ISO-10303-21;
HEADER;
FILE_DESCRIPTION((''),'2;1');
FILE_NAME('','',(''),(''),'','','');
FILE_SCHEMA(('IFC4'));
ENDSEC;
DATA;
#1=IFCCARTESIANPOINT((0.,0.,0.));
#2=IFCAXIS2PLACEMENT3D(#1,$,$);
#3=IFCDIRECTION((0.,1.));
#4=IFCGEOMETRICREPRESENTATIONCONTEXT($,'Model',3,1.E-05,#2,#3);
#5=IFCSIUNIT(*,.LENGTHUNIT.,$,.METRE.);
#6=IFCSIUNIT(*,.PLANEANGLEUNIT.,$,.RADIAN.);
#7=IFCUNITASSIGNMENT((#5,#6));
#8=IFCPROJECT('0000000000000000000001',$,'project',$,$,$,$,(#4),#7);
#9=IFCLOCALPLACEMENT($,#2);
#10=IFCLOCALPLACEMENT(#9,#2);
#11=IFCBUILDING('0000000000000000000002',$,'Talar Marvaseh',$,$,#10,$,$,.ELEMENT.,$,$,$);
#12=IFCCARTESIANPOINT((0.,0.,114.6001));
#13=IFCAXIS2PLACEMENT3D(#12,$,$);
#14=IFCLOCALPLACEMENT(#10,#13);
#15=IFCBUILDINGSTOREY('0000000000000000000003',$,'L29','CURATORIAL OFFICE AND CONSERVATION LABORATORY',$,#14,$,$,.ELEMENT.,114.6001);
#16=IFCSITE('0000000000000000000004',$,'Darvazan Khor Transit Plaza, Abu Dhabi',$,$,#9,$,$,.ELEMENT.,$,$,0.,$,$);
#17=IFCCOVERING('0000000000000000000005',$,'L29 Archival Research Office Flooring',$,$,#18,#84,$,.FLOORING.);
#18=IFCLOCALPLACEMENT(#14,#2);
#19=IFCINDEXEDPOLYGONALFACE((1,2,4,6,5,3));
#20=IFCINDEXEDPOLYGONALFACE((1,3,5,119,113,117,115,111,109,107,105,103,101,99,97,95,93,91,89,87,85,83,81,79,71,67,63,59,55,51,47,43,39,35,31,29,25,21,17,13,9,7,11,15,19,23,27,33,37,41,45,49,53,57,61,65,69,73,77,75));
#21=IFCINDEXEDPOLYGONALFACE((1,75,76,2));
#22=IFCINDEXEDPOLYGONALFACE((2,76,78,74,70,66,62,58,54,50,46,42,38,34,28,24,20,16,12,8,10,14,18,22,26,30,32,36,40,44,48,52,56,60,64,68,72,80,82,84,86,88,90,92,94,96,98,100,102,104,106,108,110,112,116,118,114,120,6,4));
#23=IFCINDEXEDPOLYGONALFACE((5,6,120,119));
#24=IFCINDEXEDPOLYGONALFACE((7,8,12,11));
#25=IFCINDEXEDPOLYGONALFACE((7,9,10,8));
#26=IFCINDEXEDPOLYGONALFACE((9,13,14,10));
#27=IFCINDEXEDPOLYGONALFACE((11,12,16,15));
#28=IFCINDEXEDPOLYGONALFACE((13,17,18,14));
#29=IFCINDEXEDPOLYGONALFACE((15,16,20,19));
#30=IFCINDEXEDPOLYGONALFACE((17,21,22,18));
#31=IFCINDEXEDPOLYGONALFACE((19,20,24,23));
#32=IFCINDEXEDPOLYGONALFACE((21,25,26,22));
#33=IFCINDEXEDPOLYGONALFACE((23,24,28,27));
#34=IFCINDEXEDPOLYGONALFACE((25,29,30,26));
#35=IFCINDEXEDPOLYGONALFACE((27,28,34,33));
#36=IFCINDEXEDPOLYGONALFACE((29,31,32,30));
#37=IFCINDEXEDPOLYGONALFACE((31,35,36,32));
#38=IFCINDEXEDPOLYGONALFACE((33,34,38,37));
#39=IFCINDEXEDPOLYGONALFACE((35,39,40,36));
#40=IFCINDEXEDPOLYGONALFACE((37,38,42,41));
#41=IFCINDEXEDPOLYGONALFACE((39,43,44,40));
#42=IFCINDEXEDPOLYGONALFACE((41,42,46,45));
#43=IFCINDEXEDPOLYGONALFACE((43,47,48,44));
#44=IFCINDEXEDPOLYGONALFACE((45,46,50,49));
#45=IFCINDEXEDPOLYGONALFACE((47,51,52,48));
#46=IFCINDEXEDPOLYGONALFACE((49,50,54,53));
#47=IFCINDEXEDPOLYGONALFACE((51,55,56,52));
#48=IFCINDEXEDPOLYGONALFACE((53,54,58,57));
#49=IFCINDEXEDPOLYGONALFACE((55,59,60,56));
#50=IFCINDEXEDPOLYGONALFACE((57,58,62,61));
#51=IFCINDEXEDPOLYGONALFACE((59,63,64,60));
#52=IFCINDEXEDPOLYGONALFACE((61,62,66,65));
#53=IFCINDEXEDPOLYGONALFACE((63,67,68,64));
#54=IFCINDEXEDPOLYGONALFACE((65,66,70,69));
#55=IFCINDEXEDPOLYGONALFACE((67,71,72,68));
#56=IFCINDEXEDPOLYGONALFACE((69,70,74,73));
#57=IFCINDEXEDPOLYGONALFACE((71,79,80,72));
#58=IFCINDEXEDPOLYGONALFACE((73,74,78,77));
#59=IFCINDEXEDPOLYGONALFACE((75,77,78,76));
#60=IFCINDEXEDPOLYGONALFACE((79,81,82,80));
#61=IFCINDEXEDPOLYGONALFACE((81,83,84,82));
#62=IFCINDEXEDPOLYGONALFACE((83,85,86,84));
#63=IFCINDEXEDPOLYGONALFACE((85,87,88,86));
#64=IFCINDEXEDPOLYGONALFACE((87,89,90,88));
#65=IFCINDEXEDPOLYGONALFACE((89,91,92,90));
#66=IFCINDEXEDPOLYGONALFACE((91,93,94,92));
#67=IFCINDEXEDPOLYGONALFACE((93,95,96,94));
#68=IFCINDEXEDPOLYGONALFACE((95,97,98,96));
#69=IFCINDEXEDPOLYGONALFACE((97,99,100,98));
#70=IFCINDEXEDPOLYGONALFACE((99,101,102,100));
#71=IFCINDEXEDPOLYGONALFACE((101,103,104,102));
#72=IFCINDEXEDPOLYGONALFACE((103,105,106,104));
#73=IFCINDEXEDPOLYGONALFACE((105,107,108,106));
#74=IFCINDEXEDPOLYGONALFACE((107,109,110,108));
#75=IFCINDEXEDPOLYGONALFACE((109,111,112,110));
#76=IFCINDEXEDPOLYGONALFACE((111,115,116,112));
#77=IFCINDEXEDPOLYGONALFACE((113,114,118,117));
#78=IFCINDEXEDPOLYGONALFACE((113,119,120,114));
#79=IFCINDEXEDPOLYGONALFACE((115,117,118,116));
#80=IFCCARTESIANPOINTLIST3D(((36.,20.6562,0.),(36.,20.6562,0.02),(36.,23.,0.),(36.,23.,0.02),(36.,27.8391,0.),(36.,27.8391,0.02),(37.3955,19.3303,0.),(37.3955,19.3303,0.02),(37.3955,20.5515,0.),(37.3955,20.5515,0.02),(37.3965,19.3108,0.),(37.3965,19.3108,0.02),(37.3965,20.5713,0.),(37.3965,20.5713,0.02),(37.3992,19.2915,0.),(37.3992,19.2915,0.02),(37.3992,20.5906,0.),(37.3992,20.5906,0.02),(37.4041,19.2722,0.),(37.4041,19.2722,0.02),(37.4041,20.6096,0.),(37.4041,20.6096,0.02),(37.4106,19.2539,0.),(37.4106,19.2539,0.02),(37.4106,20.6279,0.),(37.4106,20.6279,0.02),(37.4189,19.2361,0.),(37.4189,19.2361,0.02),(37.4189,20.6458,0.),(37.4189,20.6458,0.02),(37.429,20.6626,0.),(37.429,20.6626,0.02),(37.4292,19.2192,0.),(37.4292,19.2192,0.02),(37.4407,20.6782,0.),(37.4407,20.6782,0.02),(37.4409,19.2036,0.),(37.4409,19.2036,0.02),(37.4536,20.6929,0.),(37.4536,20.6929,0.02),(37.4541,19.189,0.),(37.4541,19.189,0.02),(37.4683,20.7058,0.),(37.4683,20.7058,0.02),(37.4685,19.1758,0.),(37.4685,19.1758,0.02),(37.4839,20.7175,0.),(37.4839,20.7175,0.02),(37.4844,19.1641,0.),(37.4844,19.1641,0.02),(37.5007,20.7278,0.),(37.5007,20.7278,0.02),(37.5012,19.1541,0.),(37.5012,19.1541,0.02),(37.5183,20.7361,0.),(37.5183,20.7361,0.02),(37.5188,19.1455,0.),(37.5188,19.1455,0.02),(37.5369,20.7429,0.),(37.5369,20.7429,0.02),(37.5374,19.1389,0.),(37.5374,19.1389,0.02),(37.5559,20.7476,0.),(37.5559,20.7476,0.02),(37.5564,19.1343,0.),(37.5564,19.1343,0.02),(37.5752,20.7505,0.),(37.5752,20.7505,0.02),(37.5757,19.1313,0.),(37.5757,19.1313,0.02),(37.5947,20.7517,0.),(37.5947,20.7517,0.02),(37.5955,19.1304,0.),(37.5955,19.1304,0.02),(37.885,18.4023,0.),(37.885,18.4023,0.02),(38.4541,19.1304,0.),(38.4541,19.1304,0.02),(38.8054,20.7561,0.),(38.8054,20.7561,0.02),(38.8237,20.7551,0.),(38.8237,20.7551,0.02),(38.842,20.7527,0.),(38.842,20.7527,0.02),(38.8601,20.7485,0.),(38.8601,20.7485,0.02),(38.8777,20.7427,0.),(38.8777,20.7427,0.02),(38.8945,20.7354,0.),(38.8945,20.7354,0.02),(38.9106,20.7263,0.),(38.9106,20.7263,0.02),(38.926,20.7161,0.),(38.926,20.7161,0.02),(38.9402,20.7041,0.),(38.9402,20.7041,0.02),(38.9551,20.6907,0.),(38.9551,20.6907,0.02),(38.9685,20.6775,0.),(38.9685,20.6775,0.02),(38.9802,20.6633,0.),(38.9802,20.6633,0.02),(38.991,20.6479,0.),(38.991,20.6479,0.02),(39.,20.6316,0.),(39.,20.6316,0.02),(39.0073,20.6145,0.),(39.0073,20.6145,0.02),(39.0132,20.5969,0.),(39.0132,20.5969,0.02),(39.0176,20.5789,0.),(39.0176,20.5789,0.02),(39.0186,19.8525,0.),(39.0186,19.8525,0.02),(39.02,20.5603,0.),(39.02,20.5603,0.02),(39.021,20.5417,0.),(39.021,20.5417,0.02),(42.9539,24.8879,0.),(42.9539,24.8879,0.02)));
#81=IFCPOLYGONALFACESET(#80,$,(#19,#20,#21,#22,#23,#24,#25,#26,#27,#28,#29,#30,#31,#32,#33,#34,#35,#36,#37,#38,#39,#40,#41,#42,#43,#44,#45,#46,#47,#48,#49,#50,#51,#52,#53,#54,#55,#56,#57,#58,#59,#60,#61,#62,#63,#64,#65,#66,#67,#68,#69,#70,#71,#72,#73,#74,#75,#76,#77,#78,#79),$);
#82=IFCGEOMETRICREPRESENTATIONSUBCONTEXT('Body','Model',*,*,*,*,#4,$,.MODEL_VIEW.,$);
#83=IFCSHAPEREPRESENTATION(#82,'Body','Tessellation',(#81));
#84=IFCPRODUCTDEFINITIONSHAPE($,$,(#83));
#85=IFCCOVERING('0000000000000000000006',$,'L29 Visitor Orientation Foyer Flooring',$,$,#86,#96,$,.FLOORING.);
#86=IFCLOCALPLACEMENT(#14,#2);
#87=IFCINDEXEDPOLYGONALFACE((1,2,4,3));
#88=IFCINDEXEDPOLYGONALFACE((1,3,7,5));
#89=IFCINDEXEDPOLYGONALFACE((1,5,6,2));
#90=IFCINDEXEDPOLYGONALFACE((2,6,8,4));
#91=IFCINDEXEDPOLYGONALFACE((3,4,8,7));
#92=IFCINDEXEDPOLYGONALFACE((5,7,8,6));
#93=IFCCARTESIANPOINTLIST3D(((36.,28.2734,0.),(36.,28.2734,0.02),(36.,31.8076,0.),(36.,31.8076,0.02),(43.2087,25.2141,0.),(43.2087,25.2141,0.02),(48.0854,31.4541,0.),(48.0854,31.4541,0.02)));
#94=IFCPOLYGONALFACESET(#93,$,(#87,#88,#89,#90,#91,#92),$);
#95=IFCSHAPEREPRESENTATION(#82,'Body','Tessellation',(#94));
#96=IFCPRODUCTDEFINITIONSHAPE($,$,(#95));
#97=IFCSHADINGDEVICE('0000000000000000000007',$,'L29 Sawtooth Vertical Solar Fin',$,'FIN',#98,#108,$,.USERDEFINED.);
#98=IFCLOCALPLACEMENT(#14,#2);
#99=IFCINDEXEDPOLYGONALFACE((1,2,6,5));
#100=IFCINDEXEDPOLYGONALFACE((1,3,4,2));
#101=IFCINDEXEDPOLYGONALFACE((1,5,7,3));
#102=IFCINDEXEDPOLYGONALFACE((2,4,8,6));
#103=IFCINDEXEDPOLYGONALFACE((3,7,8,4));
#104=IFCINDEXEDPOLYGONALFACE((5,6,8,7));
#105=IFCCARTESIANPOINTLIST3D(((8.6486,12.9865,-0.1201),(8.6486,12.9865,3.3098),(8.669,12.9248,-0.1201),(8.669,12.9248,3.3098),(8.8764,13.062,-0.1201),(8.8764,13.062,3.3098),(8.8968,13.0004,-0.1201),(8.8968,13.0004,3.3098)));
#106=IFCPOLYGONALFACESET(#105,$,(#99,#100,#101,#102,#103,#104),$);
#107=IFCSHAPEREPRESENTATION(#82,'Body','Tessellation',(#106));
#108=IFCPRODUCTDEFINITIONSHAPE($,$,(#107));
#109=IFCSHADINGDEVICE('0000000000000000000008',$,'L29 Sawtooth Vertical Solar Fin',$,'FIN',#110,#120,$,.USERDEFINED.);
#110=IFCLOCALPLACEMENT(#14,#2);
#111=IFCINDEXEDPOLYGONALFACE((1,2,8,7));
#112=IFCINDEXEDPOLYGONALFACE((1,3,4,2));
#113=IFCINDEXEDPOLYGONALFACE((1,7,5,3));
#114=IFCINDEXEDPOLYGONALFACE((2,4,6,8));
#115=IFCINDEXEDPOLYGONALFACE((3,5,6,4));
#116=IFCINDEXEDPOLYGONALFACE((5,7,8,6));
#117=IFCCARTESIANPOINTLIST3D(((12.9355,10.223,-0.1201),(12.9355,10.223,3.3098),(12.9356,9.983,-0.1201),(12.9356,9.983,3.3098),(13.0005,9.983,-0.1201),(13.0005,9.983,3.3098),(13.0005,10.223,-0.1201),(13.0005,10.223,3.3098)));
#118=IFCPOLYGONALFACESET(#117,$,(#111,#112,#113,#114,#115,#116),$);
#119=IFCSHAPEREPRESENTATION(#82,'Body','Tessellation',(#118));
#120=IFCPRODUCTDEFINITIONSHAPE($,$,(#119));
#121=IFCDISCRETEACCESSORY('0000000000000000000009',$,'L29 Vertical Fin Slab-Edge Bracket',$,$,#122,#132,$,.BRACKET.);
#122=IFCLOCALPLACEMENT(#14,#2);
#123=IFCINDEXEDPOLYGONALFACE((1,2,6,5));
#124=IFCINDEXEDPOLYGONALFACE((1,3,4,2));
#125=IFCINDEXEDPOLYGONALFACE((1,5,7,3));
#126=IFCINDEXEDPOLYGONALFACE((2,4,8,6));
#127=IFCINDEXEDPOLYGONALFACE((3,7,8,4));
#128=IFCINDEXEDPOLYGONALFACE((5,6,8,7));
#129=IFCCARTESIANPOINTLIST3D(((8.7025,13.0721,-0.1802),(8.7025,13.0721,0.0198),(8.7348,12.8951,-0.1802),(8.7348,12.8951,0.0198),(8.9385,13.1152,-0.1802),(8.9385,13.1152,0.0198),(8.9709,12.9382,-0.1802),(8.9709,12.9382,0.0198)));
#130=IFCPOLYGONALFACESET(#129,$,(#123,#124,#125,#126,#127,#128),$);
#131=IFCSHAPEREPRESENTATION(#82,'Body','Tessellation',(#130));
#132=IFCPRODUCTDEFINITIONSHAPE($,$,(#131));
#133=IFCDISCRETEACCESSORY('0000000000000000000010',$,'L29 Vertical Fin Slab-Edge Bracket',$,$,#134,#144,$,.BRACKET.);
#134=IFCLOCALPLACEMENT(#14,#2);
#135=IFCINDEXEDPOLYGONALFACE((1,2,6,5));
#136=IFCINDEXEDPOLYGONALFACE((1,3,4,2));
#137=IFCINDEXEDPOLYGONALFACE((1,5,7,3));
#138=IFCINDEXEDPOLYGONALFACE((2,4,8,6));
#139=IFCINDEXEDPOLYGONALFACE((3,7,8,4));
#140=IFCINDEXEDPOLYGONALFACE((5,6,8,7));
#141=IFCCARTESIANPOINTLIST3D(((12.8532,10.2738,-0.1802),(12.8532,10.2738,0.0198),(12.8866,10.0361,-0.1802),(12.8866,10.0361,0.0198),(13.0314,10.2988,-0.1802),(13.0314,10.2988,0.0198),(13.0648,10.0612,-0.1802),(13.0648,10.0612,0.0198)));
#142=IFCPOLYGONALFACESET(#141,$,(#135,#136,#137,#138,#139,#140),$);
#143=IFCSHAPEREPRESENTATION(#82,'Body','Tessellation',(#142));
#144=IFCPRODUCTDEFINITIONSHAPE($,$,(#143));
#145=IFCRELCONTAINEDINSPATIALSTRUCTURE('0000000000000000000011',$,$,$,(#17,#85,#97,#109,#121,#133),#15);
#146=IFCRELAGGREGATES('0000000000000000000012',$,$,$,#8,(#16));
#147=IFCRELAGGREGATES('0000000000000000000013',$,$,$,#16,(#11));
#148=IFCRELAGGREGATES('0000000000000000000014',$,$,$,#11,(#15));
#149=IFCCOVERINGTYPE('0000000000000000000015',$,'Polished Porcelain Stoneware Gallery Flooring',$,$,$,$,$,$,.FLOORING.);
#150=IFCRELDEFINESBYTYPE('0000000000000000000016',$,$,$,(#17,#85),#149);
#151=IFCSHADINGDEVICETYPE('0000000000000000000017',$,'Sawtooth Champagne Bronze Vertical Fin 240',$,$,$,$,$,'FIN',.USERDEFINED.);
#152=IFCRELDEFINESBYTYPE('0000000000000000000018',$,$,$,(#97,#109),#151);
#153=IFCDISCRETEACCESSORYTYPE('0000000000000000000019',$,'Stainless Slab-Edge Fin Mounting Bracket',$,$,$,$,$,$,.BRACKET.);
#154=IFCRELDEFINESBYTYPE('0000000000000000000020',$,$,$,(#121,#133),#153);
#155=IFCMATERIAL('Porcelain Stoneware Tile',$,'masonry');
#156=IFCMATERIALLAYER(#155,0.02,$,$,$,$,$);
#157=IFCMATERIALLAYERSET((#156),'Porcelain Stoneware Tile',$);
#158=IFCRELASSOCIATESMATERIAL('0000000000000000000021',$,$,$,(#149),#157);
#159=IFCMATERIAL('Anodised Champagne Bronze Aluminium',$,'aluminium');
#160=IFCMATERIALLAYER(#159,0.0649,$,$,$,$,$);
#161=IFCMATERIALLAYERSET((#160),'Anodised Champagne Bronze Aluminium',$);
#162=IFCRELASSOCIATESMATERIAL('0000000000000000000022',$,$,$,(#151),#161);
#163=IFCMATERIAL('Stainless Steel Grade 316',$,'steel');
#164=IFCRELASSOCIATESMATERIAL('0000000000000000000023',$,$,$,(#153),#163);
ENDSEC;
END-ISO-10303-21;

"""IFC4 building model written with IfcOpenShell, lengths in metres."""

from ifc_helpers import new_model, si_unit, direction, frame, origin, origin_2d, place, context, subcontext, project, spatial, polyline, rectangle, outline, extrude, source, transform, mapped, material, layer, layer_set, type_object, type_shapes, element, save


model = new_model("IFC4")

# Units and contexts
model_context = context("Model", 3, precision=1e-05, world=origin(), true_north=direction((0.0, 1.0)))
body_context = subcontext(model_context, "Body", "Model", "MODEL_VIEW")
ifc_project = project(units=[si_unit("LENGTHUNIT", "METRE"), si_unit("PLANEANGLEUNIT", "RADIAN")], contexts=[model_context])

# Site, building, storey
site_placement = place(None, origin())
site = spatial("IfcSite", under=ifc_project, at=site_placement, Name="Darvazan Khor Transit Plaza, Abu Dhabi", CompositionType="ELEMENT", RefElevation=0.0)
building_placement = place(site_placement, origin())
building = spatial("IfcBuilding", under=site, at=building_placement, Name="Talar Marvaseh", CompositionType="ELEMENT")
storey_placement = place(building_placement, frame((0.0, 0.0, 114.6001)))
storey = spatial("IfcBuildingStorey", under=building, at=storey_placement, Name="L29", Description="CURATORIAL OFFICE AND CONSERVATION LABORATORY", CompositionType="ELEMENT", Elevation=114.6001)

# Coverings
ifc_material_1 = material(Name="Porcelain Stoneware Tile", Category="masonry")
ifc_layer_1 = layer(ifc_material_1, 0.02)
ifc_layer_set_1 = layer_set([ifc_layer_1], Name="Porcelain Stoneware Tile")
covering_type_1 = type_object("IfcCoveringType", Name="Polished Porcelain Stoneware Gallery Flooring", PredefinedType="FLOORING", material=ifc_layer_set_1)
covering_1_placement = place(storey_placement, origin())
element("IfcCovering", 1, at=covering_1_placement, inside=storey, type_object=covering_type_1, Name="L29 Archival Research Office Flooring", PredefinedType="FLOORING", context=body_context, shape_type="SweptSolid", body=[
    extrude(outline(polyline([(42.9539, 24.8879), (39.0186, 19.8525), (39.021, 20.5417), (39.02, 20.5603), (39.0176, 20.5789), (39.0132, 20.5969), (39.0073, 20.6145), (39.0, 20.6316), (38.991, 20.6479), (38.9802, 20.6633), (38.9685, 20.6775), (38.9551, 20.6907), (38.9402, 20.7041), (38.926, 20.7161), (38.9106, 20.7263), (38.8945, 20.7354), (38.8777, 20.7427), (38.8601, 20.7485), (38.842, 20.7527), (38.8237, 20.7551), (38.8054, 20.7561), (37.5947, 20.7517), (37.5752, 20.7505), (37.5559, 20.7476), (37.5369, 20.7429), (37.5183, 20.7361), (37.5007, 20.7278), (37.4839, 20.7175), (37.4683, 20.7058), (37.4536, 20.6929), (37.4407, 20.6782), (37.429, 20.6626), (37.4189, 20.6458), (37.4106, 20.6279), (37.4041, 20.6096), (37.3992, 20.5906), (37.3965, 20.5713), (37.3955, 20.5515), (37.3955, 19.3303), (37.3965, 19.3108), (37.3992, 19.2915), (37.4041, 19.2722), (37.4106, 19.2539), (37.4189, 19.2361), (37.4292, 19.2192), (37.4409, 19.2036), (37.4541, 19.189), (37.4685, 19.1758), (37.4844, 19.1641), (37.5012, 19.1541), (37.5188, 19.1455), (37.5374, 19.1389), (37.5564, 19.1343), (37.5757, 19.1313), (37.5955, 19.1304), (38.4541, 19.1304), (37.885, 18.4023), (36.0, 20.6562), (36.0, 23.0), (36.0, 27.8391), (42.9539, 24.8879)])), origin(), (0.0, 0.0, 1.0), 0.02),
])
covering_2_placement = place(storey_placement, origin())
element("IfcCovering", 2, at=covering_2_placement, inside=storey, type_object=covering_type_1, Name="L29 Visitor Orientation Foyer Flooring", PredefinedType="FLOORING", context=body_context, shape_type="SweptSolid", body=[
    extrude(outline(polyline([(36.0, 31.8076), (48.0854, 31.4541), (43.2087, 25.2141), (36.0, 28.2734), (36.0, 31.8076)])), origin(), (0.0, 0.0, 1.0), 0.02),
])

# Shading devices
ifc_material_2 = material(Name="Anodised Champagne Bronze Aluminium", Category="aluminium")
ifc_layer_2 = layer(ifc_material_2, 0.0649)
ifc_layer_set_2 = layer_set([ifc_layer_2], Name="Anodised Champagne Bronze Aluminium")
shading_device_type = type_object("IfcShadingDeviceType", Name="Sawtooth Champagne Bronze Vertical Fin 240", ElementType="FIN", PredefinedType="USERDEFINED", material=ifc_layer_set_2)
shared_shape_1 = source(origin(), body_context, "Body", "SweptSolid", [
    extrude(rectangle(XDim=0.24, YDim=0.0649, at=origin_2d()), origin(), (0.0, 0.0, 1.0), 3.4299),
])
type_shapes(shading_device_type, [shared_shape_1])
for number, where, z_axis, x_axis, name in (
    (3, (8.7727, 12.9934, -0.1201), (0.0, 0.0, 1.0), (-0.949151, -0.314821, 0.0), "L29 Sawtooth Vertical Solar Fin"),
    (4, (12.968, 10.103, -0.1201), (0.0, 0.0, 1.0), (0.000175, -1.0, 0.0), "L29 Sawtooth Vertical Solar Fin"),
):
    element("IfcShadingDevice", number, at=place(storey_placement, frame(where, z_axis=z_axis, x_axis=x_axis)), inside=storey, type_object=shading_device_type, Name=name, ObjectType="FIN", PredefinedType="USERDEFINED", context=body_context, shape_type="MappedRepresentation", body=[
        mapped(shared_shape_1, transform((0.0, 0.0, 0.0), x_axis=(1.0, 0.0, 0.0), y_axis=(0.0, 1.0, 0.0), z_axis=(0.0, 0.0, 1.0), scale=1.0)),
    ])

# Discrete accessories
ifc_material_3 = material(Name="Stainless Steel Grade 316", Category="steel")
discrete_accessory_type = type_object("IfcDiscreteAccessoryType", Name="Stainless Slab-Edge Fin Mounting Bracket", PredefinedType="BRACKET", material=ifc_material_3)
shared_shape_2 = source(origin(), body_context, "Body", "SweptSolid", [
    extrude(rectangle(XDim=0.24, YDim=0.1799, at=origin_2d()), origin(), (0.0, 0.0, 1.0), 0.2),
])
type_shapes(discrete_accessory_type, [shared_shape_2])
for number, where, z_axis, x_axis, name in (
    (5, (8.8367, 13.0051, -0.1802), (0.0, 0.0, 1.0), (-0.983729, -0.179661, 0.0), "L29 Vertical Fin Slab-Edge Bracket"),
    (6, (12.959, 10.1675, -0.1802), (0.0, 0.0, 1.0), (0.139346, -0.990244, 0.0), "L29 Vertical Fin Slab-Edge Bracket"),
):
    element("IfcDiscreteAccessory", number, at=place(storey_placement, frame(where, z_axis=z_axis, x_axis=x_axis)), inside=storey, type_object=discrete_accessory_type, Name=name, PredefinedType="BRACKET", context=body_context, shape_type="MappedRepresentation", body=[
        mapped(shared_shape_2, transform((0.0, 0.0, 0.0), x_axis=(1.0, 0.0, 0.0), y_axis=(0.0, 1.0, 0.0), z_axis=(0.0, 0.0, 1.0), scale=1.0)),
    ])

save(model, "model.ifc")
